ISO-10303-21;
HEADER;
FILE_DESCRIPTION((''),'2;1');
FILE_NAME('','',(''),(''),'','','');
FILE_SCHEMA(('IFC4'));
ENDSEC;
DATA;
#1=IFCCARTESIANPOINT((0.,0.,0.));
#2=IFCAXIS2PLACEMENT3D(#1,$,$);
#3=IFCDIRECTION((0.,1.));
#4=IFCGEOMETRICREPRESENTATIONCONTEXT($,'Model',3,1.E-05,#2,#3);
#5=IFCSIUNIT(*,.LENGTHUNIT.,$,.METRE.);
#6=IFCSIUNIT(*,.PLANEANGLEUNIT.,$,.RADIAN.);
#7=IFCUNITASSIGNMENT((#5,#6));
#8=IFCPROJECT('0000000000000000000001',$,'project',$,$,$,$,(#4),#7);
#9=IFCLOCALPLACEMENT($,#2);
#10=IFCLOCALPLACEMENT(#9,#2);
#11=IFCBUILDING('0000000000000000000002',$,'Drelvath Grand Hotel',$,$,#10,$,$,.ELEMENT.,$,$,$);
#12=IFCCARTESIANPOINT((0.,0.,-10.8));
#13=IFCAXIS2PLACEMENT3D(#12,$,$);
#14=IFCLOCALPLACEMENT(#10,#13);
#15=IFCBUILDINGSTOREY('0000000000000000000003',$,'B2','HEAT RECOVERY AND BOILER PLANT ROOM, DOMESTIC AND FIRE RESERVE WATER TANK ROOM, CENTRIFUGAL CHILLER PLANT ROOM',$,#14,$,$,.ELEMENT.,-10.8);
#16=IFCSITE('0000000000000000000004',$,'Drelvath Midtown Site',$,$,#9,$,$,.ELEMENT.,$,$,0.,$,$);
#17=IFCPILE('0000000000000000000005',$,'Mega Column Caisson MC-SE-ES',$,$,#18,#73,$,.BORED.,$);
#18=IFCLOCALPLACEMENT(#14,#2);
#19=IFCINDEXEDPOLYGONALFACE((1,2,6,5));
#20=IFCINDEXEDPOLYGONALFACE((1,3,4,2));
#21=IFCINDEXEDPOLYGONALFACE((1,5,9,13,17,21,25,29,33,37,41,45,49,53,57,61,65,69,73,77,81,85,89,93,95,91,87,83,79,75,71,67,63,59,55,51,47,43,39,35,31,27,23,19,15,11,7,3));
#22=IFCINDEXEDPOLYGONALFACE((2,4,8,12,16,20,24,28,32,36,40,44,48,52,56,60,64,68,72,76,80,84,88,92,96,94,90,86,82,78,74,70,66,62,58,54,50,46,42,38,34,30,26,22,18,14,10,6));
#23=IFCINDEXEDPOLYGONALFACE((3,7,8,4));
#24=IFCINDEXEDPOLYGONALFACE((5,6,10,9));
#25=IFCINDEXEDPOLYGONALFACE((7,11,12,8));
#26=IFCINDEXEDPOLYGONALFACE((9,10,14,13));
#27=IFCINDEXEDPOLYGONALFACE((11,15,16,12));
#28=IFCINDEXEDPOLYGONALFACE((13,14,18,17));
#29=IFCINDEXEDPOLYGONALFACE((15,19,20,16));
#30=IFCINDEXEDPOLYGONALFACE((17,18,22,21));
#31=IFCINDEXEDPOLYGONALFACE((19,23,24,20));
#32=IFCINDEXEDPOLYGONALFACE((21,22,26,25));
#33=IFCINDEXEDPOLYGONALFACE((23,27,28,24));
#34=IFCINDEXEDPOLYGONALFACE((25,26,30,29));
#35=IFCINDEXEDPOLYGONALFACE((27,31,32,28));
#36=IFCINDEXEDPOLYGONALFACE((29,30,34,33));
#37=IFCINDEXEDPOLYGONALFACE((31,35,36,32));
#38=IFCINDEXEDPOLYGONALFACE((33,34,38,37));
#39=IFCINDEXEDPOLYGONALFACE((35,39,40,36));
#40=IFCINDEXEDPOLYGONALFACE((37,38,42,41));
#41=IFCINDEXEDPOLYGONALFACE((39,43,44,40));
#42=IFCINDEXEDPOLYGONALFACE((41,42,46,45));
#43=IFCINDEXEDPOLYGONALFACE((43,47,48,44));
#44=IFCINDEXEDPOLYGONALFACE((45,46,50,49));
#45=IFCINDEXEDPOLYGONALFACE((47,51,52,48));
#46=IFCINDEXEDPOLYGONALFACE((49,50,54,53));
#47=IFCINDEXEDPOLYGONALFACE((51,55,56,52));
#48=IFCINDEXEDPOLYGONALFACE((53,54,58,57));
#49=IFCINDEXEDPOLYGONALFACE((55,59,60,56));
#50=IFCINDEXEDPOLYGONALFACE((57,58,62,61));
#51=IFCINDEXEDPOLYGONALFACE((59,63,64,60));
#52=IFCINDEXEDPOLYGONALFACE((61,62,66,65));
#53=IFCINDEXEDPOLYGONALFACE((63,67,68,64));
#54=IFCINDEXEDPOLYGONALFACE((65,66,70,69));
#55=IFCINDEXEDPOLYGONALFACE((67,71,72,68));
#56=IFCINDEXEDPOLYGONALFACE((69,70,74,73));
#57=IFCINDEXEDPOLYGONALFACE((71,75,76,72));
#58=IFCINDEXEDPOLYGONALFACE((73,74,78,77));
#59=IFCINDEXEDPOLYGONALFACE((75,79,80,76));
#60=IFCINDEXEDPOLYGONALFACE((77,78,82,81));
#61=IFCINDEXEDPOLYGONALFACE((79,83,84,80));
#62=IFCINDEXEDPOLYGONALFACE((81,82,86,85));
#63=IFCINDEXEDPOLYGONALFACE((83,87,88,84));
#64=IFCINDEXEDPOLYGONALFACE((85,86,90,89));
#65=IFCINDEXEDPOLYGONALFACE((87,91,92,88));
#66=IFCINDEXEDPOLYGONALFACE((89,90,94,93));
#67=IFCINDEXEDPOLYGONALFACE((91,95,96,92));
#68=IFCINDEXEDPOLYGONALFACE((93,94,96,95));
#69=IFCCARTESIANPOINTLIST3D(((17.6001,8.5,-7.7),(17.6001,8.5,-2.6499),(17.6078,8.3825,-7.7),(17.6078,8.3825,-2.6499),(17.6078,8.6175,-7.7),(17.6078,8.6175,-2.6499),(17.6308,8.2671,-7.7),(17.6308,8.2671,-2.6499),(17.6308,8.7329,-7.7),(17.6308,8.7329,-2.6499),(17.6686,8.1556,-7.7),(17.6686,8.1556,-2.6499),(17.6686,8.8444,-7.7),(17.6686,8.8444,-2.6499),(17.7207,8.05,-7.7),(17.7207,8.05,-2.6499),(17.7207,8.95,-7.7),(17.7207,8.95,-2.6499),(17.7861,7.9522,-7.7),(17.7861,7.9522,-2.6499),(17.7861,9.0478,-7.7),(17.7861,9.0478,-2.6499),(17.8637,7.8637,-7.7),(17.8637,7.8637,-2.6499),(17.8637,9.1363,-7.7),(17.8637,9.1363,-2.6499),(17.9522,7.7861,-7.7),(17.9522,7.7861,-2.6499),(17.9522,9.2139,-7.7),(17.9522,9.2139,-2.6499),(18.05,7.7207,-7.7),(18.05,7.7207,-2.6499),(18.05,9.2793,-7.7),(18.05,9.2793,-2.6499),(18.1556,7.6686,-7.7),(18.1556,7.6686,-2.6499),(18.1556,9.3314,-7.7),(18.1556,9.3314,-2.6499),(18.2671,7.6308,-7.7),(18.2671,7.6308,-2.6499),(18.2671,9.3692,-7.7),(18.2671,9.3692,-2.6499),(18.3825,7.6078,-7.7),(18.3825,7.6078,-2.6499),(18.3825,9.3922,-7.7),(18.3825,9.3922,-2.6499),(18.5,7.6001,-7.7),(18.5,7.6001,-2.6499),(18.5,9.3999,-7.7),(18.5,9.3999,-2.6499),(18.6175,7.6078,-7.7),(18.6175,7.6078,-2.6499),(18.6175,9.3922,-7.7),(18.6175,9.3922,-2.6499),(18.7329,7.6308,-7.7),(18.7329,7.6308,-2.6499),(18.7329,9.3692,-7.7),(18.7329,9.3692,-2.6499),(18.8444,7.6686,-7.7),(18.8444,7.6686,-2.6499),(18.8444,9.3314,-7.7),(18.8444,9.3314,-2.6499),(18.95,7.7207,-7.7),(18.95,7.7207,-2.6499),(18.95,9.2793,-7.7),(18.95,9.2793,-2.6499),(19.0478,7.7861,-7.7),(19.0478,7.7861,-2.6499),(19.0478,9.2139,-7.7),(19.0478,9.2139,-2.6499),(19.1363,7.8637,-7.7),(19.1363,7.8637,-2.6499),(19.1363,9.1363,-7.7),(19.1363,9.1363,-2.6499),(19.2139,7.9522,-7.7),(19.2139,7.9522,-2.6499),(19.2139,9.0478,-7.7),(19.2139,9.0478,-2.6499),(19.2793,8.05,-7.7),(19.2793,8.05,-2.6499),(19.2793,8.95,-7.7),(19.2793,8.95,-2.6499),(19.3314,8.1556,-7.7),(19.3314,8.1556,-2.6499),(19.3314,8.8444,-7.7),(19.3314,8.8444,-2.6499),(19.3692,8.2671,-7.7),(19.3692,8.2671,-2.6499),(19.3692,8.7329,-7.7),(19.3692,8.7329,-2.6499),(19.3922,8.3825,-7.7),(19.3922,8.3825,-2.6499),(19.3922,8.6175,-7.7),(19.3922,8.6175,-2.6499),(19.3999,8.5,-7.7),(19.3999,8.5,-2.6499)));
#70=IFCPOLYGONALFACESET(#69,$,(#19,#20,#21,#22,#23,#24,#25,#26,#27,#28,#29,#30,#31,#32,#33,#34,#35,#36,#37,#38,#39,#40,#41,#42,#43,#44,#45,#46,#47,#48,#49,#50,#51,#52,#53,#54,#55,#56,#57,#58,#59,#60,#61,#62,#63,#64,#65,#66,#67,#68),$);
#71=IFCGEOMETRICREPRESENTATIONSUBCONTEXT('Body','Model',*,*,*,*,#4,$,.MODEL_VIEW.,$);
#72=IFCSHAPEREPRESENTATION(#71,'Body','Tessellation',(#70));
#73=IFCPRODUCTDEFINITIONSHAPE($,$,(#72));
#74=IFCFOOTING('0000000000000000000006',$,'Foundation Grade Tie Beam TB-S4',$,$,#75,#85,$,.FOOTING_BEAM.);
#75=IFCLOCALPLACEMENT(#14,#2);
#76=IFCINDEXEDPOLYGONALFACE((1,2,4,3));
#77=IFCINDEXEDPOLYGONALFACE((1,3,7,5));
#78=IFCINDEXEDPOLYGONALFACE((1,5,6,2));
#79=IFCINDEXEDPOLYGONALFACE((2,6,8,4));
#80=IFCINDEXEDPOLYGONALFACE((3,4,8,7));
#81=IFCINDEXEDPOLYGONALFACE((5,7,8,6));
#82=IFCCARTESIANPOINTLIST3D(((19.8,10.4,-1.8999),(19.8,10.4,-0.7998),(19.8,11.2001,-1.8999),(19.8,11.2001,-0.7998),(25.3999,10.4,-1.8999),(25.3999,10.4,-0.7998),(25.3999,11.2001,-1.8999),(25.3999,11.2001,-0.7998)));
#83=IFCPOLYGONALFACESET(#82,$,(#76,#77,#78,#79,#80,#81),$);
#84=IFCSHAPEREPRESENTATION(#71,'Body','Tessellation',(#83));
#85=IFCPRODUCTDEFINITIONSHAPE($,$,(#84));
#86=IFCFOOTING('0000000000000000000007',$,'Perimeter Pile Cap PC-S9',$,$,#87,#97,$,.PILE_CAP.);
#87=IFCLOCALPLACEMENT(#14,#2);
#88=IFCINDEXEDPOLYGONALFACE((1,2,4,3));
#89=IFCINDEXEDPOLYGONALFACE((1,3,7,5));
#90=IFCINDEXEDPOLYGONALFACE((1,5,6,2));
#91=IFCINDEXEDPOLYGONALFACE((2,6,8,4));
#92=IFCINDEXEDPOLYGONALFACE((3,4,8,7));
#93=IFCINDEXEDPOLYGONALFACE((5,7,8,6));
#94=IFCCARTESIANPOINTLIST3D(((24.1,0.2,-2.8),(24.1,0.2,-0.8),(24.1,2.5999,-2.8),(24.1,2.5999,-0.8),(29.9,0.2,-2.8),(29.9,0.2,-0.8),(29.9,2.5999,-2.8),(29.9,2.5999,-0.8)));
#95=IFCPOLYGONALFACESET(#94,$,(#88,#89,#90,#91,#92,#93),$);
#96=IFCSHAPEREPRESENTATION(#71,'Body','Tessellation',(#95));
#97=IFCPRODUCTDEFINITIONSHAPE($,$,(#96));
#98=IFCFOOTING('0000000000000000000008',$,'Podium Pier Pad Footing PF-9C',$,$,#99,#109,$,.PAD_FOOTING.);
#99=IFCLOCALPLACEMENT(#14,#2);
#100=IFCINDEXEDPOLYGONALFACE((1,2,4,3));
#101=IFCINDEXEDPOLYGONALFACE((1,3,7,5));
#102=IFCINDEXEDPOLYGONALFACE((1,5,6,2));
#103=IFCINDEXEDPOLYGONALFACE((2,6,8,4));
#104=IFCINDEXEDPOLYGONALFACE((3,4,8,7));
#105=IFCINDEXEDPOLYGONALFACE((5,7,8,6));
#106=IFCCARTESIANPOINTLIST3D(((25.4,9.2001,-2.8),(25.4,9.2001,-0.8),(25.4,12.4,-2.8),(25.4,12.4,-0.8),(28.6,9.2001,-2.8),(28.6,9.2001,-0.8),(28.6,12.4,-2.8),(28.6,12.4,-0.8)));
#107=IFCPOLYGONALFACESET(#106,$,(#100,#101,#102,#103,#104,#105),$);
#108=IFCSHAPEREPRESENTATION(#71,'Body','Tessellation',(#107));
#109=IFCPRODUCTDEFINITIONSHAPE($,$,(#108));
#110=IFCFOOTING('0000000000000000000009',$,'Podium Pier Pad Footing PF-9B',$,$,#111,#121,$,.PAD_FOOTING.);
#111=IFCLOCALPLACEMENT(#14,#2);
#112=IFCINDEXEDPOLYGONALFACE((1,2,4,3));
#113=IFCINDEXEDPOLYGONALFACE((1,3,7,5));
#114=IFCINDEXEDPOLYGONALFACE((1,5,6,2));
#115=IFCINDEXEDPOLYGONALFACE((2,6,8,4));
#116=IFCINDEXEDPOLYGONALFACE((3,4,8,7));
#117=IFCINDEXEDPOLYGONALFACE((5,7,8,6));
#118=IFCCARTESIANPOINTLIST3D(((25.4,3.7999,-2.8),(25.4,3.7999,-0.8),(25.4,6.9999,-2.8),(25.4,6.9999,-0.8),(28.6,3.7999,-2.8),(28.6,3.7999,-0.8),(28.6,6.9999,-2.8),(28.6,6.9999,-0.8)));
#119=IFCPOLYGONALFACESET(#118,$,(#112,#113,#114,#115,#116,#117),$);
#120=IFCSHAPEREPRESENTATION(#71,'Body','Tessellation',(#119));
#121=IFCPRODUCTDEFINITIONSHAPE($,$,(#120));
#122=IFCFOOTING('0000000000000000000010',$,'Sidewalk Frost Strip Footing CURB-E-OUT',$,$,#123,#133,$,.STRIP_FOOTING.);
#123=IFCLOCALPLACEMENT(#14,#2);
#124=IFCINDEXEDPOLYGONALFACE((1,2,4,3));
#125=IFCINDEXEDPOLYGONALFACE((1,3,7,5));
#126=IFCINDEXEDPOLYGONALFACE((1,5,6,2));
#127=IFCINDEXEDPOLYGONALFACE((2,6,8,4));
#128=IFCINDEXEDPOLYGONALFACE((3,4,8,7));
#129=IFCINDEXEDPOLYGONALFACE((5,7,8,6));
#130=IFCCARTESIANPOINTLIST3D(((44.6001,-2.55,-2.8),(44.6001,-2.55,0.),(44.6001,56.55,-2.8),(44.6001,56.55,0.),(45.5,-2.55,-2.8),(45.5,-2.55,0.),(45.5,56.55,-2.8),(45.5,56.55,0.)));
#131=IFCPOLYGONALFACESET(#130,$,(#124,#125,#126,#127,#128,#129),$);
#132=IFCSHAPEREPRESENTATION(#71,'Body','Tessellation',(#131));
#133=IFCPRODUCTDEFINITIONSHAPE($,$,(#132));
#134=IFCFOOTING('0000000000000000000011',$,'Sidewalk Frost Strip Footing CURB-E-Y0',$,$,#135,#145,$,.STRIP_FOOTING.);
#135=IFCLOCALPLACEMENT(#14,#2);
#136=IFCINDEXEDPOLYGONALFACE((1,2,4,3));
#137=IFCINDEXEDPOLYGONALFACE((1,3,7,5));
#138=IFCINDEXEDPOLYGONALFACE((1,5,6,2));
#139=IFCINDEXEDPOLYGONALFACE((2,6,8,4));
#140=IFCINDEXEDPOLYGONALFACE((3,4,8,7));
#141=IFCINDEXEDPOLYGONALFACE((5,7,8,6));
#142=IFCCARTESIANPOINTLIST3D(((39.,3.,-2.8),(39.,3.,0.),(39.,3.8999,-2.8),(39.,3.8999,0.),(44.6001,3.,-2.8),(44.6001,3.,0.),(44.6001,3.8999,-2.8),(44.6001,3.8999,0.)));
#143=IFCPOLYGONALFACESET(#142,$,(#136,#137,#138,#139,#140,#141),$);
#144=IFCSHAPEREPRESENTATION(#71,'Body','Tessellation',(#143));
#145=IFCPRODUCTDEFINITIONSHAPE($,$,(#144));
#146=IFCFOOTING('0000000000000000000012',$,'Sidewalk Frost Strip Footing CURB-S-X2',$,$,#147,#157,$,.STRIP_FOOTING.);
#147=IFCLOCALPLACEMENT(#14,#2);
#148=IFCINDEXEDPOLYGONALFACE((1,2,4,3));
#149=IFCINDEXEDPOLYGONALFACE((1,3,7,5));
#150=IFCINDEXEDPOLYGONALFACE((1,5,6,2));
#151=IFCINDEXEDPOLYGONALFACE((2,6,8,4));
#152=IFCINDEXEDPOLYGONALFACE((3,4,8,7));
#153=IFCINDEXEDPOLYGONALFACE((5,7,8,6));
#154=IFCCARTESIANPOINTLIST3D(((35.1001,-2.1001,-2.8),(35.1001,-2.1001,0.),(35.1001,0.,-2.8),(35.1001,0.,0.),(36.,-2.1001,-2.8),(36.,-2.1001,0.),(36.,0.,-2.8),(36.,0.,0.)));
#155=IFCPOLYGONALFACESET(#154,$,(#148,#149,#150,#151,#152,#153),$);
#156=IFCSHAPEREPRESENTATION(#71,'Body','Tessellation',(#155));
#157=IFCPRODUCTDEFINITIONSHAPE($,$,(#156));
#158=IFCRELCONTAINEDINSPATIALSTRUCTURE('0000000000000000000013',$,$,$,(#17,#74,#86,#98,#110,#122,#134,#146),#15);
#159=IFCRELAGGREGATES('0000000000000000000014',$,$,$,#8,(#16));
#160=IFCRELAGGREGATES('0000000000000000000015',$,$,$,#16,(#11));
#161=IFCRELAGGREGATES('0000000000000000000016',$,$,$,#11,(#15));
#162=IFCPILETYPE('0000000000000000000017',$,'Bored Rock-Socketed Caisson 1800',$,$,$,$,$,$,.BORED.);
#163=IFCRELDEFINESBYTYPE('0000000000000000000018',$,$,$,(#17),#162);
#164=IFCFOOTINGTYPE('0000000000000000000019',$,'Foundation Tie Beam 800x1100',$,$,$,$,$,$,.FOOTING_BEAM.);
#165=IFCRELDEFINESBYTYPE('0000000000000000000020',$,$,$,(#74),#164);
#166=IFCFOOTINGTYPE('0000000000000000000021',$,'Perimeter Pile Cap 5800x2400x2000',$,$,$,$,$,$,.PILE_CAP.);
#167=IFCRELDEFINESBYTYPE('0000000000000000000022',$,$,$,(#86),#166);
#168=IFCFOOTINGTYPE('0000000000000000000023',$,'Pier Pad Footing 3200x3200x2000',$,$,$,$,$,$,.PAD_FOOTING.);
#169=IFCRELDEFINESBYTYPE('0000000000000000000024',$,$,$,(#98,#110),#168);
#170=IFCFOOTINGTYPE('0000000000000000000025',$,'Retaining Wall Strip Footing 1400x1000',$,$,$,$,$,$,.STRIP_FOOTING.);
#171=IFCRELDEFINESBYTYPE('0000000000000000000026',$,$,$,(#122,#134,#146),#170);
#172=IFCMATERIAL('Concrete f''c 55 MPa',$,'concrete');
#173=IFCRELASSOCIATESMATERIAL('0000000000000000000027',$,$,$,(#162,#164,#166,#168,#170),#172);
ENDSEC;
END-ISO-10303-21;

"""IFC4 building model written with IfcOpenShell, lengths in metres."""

from ifc_helpers import new_model, si_unit, direction, frame, frame_2d, origin, origin_2d, place, context, subcontext, project, spatial, rectangle, circle, extrude, material, material_profile, profile_set, type_object, element, save


model = new_model("IFC4")

# Units and contexts
model_context = context("Model", 3, precision=1e-05, world=origin(), true_north=direction((0.0, 1.0)))
body_context = subcontext(model_context, "Body", "Model", "MODEL_VIEW")
ifc_project = project(units=[si_unit("LENGTHUNIT", "METRE"), si_unit("PLANEANGLEUNIT", "RADIAN")], contexts=[model_context])

# Site, building, storey
site_placement = place(None, origin())
site = spatial("IfcSite", under=ifc_project, at=site_placement, Name="Drelvath Midtown Site", CompositionType="ELEMENT", RefElevation=0.0)
building_placement = place(site_placement, origin())
building = spatial("IfcBuilding", under=site, at=building_placement, Name="Drelvath Grand Hotel", CompositionType="ELEMENT")
storey_placement = place(building_placement, frame((0.0, 0.0, -10.8)))
storey = spatial("IfcBuildingStorey", under=building, at=storey_placement, Name="B2", Description="HEAT RECOVERY AND BOILER PLANT ROOM, DOMESTIC AND FIRE RESERVE WATER TANK ROOM, CENTRIFUGAL CHILLER PLANT ROOM", CompositionType="ELEMENT", Elevation=-10.8)

# Pile
ifc_material_1 = material(Name="Concrete f'c 55 MPa", Category="concrete")
ifc_material_profile_1 = material_profile(ifc_material_1, circle(Radius=0.8999, at=origin_2d()), Name="CAISSON1800")
ifc_profile_set_1 = profile_set([ifc_material_profile_1], Name="Concrete f'c 55 MPa")
pile_type_1 = type_object("IfcPileType", Name="Bored Rock-Socketed Caisson 1800", PredefinedType="BORED", material=ifc_profile_set_1)
pile_placement = place(storey_placement, frame((18.5, 8.5, -2.6499), z_axis=(0.0, 0.0, -1.0), x_axis=(1.0, 0.0, 0.0)))
element("IfcPile", 1, at=pile_placement, inside=storey, type_object=pile_type_1, Name="Mega Column Caisson MC-SE-ES", PredefinedType="BORED", context=body_context, shape_type="SweptSolid", body=[
    extrude(circle(Radius=0.8999, at=origin_2d()), origin(), (0.0, 0.0, 1.0), 5.05),
])

# Footings
ifc_material_profile_2 = material_profile(ifc_material_1, rectangle(XDim=0.8, YDim=1.1001, at=origin_2d()), Name="CB800X1100")
ifc_profile_set_2 = profile_set([ifc_material_profile_2], Name="Concrete f'c 55 MPa")
footing_type_1 = type_object("IfcFootingType", Name="Foundation Tie Beam 800x1100", PredefinedType="FOOTING_BEAM", material=ifc_profile_set_2)
footing_1_placement = place(storey_placement, frame((19.8, 10.8, -1.3499), z_axis=(1.0, 0.0, 0.0), x_axis=(0.0, 1.0, 0.0)))
element("IfcFooting", 2, at=footing_1_placement, inside=storey, type_object=footing_type_1, Name="Foundation Grade Tie Beam TB-S4", PredefinedType="FOOTING_BEAM", context=body_context, shape_type="SweptSolid", body=[
    extrude(rectangle(XDim=0.8, YDim=1.1001, at=origin_2d()), origin(), (0.0, 0.0, 1.0), 5.5999),
])
footing_type_2 = type_object("IfcFootingType", Name="Perimeter Pile Cap 5800x2400x2000", PredefinedType="PILE_CAP", material=ifc_material_1)
footing_2_placement = place(storey_placement, frame((27.0, 1.3999, -2.8), z_axis=(0.0, 0.0, 1.0), x_axis=(1.0, 0.0, 0.0)))
element("IfcFooting", 3, at=footing_2_placement, inside=storey, type_object=footing_type_2, Name="Perimeter Pile Cap PC-S9", PredefinedType="PILE_CAP", context=body_context, shape_type="SweptSolid", body=[
    extrude(rectangle(XDim=5.8, YDim=2.3999, at=origin_2d()), origin(), (0.0, 0.0, 1.0), 2.0),
])
footing_type_3 = type_object("IfcFootingType", Name="Pier Pad Footing 3200x3200x2000", PredefinedType="PAD_FOOTING", material=ifc_material_1)
for number, where, z_axis, x_axis, name in (
    (4, (27.0, 10.8, -2.8), (0.0, 0.0, 1.0), (1.0, 0.0, 0.0), "Podium Pier Pad Footing PF-9C"),
    (5, (27.0, 5.3999, -2.8), (0.0, 0.0, 1.0), (1.0, 0.0, 0.0), "Podium Pier Pad Footing PF-9B"),
):
    element("IfcFooting", number, at=place(storey_placement, frame(where, z_axis=z_axis, x_axis=x_axis)), inside=storey, type_object=footing_type_3, Name=name, PredefinedType="PAD_FOOTING", context=body_context, shape_type="SweptSolid", body=[
        extrude(rectangle(XDim=3.2, YDim=3.2, at=origin_2d()), origin(), (0.0, 0.0, 1.0), 2.0),
    ])
footing_type_4 = type_object("IfcFootingType", Name="Retaining Wall Strip Footing 1400x1000", PredefinedType="STRIP_FOOTING", material=ifc_material_1)
footing_3_placement = place(storey_placement, frame((45.05, -2.55, -2.8), z_axis=(0.0, 0.0, 1.0), x_axis=(0.0, 1.0, 0.0)))
element("IfcFooting", 6, at=footing_3_placement, inside=storey, type_object=footing_type_4, Name="Sidewalk Frost Strip Footing CURB-E-OUT", PredefinedType="STRIP_FOOTING", context=body_context, shape_type="SweptSolid", body=[
    extrude(rectangle(XDim=59.1001, YDim=0.8999, at=frame_2d((29.55, 0.0))), origin(), (0.0, 0.0, 1.0), 2.8),
])
footing_4_placement = place(storey_placement, frame((39.0, 3.45, -2.8), z_axis=(0.0, 0.0, 1.0), x_axis=(1.0, 0.0, 0.0)))
element("IfcFooting", 7, at=footing_4_placement, inside=storey, type_object=footing_type_4, Name="Sidewalk Frost Strip Footing CURB-E-Y0", PredefinedType="STRIP_FOOTING", context=body_context, shape_type="SweptSolid", body=[
    extrude(rectangle(XDim=5.6001, YDim=0.8999, at=frame_2d((2.8, 0.0))), origin(), (0.0, 0.0, 1.0), 2.8),
])
footing_5_placement = place(storey_placement, frame((35.55, -2.1001, -2.8), z_axis=(0.0, 0.0, 1.0), x_axis=(0.0, 1.0, 0.0)))
element("IfcFooting", 8, at=footing_5_placement, inside=storey, type_object=footing_type_4, Name="Sidewalk Frost Strip Footing CURB-S-X2", PredefinedType="STRIP_FOOTING", context=body_context, shape_type="SweptSolid", body=[
    extrude(rectangle(XDim=2.1001, YDim=0.8999, at=frame_2d((1.05, 0.0))), origin(), (0.0, 0.0, 1.0), 2.8),
])

save(model, "model.ifc")
